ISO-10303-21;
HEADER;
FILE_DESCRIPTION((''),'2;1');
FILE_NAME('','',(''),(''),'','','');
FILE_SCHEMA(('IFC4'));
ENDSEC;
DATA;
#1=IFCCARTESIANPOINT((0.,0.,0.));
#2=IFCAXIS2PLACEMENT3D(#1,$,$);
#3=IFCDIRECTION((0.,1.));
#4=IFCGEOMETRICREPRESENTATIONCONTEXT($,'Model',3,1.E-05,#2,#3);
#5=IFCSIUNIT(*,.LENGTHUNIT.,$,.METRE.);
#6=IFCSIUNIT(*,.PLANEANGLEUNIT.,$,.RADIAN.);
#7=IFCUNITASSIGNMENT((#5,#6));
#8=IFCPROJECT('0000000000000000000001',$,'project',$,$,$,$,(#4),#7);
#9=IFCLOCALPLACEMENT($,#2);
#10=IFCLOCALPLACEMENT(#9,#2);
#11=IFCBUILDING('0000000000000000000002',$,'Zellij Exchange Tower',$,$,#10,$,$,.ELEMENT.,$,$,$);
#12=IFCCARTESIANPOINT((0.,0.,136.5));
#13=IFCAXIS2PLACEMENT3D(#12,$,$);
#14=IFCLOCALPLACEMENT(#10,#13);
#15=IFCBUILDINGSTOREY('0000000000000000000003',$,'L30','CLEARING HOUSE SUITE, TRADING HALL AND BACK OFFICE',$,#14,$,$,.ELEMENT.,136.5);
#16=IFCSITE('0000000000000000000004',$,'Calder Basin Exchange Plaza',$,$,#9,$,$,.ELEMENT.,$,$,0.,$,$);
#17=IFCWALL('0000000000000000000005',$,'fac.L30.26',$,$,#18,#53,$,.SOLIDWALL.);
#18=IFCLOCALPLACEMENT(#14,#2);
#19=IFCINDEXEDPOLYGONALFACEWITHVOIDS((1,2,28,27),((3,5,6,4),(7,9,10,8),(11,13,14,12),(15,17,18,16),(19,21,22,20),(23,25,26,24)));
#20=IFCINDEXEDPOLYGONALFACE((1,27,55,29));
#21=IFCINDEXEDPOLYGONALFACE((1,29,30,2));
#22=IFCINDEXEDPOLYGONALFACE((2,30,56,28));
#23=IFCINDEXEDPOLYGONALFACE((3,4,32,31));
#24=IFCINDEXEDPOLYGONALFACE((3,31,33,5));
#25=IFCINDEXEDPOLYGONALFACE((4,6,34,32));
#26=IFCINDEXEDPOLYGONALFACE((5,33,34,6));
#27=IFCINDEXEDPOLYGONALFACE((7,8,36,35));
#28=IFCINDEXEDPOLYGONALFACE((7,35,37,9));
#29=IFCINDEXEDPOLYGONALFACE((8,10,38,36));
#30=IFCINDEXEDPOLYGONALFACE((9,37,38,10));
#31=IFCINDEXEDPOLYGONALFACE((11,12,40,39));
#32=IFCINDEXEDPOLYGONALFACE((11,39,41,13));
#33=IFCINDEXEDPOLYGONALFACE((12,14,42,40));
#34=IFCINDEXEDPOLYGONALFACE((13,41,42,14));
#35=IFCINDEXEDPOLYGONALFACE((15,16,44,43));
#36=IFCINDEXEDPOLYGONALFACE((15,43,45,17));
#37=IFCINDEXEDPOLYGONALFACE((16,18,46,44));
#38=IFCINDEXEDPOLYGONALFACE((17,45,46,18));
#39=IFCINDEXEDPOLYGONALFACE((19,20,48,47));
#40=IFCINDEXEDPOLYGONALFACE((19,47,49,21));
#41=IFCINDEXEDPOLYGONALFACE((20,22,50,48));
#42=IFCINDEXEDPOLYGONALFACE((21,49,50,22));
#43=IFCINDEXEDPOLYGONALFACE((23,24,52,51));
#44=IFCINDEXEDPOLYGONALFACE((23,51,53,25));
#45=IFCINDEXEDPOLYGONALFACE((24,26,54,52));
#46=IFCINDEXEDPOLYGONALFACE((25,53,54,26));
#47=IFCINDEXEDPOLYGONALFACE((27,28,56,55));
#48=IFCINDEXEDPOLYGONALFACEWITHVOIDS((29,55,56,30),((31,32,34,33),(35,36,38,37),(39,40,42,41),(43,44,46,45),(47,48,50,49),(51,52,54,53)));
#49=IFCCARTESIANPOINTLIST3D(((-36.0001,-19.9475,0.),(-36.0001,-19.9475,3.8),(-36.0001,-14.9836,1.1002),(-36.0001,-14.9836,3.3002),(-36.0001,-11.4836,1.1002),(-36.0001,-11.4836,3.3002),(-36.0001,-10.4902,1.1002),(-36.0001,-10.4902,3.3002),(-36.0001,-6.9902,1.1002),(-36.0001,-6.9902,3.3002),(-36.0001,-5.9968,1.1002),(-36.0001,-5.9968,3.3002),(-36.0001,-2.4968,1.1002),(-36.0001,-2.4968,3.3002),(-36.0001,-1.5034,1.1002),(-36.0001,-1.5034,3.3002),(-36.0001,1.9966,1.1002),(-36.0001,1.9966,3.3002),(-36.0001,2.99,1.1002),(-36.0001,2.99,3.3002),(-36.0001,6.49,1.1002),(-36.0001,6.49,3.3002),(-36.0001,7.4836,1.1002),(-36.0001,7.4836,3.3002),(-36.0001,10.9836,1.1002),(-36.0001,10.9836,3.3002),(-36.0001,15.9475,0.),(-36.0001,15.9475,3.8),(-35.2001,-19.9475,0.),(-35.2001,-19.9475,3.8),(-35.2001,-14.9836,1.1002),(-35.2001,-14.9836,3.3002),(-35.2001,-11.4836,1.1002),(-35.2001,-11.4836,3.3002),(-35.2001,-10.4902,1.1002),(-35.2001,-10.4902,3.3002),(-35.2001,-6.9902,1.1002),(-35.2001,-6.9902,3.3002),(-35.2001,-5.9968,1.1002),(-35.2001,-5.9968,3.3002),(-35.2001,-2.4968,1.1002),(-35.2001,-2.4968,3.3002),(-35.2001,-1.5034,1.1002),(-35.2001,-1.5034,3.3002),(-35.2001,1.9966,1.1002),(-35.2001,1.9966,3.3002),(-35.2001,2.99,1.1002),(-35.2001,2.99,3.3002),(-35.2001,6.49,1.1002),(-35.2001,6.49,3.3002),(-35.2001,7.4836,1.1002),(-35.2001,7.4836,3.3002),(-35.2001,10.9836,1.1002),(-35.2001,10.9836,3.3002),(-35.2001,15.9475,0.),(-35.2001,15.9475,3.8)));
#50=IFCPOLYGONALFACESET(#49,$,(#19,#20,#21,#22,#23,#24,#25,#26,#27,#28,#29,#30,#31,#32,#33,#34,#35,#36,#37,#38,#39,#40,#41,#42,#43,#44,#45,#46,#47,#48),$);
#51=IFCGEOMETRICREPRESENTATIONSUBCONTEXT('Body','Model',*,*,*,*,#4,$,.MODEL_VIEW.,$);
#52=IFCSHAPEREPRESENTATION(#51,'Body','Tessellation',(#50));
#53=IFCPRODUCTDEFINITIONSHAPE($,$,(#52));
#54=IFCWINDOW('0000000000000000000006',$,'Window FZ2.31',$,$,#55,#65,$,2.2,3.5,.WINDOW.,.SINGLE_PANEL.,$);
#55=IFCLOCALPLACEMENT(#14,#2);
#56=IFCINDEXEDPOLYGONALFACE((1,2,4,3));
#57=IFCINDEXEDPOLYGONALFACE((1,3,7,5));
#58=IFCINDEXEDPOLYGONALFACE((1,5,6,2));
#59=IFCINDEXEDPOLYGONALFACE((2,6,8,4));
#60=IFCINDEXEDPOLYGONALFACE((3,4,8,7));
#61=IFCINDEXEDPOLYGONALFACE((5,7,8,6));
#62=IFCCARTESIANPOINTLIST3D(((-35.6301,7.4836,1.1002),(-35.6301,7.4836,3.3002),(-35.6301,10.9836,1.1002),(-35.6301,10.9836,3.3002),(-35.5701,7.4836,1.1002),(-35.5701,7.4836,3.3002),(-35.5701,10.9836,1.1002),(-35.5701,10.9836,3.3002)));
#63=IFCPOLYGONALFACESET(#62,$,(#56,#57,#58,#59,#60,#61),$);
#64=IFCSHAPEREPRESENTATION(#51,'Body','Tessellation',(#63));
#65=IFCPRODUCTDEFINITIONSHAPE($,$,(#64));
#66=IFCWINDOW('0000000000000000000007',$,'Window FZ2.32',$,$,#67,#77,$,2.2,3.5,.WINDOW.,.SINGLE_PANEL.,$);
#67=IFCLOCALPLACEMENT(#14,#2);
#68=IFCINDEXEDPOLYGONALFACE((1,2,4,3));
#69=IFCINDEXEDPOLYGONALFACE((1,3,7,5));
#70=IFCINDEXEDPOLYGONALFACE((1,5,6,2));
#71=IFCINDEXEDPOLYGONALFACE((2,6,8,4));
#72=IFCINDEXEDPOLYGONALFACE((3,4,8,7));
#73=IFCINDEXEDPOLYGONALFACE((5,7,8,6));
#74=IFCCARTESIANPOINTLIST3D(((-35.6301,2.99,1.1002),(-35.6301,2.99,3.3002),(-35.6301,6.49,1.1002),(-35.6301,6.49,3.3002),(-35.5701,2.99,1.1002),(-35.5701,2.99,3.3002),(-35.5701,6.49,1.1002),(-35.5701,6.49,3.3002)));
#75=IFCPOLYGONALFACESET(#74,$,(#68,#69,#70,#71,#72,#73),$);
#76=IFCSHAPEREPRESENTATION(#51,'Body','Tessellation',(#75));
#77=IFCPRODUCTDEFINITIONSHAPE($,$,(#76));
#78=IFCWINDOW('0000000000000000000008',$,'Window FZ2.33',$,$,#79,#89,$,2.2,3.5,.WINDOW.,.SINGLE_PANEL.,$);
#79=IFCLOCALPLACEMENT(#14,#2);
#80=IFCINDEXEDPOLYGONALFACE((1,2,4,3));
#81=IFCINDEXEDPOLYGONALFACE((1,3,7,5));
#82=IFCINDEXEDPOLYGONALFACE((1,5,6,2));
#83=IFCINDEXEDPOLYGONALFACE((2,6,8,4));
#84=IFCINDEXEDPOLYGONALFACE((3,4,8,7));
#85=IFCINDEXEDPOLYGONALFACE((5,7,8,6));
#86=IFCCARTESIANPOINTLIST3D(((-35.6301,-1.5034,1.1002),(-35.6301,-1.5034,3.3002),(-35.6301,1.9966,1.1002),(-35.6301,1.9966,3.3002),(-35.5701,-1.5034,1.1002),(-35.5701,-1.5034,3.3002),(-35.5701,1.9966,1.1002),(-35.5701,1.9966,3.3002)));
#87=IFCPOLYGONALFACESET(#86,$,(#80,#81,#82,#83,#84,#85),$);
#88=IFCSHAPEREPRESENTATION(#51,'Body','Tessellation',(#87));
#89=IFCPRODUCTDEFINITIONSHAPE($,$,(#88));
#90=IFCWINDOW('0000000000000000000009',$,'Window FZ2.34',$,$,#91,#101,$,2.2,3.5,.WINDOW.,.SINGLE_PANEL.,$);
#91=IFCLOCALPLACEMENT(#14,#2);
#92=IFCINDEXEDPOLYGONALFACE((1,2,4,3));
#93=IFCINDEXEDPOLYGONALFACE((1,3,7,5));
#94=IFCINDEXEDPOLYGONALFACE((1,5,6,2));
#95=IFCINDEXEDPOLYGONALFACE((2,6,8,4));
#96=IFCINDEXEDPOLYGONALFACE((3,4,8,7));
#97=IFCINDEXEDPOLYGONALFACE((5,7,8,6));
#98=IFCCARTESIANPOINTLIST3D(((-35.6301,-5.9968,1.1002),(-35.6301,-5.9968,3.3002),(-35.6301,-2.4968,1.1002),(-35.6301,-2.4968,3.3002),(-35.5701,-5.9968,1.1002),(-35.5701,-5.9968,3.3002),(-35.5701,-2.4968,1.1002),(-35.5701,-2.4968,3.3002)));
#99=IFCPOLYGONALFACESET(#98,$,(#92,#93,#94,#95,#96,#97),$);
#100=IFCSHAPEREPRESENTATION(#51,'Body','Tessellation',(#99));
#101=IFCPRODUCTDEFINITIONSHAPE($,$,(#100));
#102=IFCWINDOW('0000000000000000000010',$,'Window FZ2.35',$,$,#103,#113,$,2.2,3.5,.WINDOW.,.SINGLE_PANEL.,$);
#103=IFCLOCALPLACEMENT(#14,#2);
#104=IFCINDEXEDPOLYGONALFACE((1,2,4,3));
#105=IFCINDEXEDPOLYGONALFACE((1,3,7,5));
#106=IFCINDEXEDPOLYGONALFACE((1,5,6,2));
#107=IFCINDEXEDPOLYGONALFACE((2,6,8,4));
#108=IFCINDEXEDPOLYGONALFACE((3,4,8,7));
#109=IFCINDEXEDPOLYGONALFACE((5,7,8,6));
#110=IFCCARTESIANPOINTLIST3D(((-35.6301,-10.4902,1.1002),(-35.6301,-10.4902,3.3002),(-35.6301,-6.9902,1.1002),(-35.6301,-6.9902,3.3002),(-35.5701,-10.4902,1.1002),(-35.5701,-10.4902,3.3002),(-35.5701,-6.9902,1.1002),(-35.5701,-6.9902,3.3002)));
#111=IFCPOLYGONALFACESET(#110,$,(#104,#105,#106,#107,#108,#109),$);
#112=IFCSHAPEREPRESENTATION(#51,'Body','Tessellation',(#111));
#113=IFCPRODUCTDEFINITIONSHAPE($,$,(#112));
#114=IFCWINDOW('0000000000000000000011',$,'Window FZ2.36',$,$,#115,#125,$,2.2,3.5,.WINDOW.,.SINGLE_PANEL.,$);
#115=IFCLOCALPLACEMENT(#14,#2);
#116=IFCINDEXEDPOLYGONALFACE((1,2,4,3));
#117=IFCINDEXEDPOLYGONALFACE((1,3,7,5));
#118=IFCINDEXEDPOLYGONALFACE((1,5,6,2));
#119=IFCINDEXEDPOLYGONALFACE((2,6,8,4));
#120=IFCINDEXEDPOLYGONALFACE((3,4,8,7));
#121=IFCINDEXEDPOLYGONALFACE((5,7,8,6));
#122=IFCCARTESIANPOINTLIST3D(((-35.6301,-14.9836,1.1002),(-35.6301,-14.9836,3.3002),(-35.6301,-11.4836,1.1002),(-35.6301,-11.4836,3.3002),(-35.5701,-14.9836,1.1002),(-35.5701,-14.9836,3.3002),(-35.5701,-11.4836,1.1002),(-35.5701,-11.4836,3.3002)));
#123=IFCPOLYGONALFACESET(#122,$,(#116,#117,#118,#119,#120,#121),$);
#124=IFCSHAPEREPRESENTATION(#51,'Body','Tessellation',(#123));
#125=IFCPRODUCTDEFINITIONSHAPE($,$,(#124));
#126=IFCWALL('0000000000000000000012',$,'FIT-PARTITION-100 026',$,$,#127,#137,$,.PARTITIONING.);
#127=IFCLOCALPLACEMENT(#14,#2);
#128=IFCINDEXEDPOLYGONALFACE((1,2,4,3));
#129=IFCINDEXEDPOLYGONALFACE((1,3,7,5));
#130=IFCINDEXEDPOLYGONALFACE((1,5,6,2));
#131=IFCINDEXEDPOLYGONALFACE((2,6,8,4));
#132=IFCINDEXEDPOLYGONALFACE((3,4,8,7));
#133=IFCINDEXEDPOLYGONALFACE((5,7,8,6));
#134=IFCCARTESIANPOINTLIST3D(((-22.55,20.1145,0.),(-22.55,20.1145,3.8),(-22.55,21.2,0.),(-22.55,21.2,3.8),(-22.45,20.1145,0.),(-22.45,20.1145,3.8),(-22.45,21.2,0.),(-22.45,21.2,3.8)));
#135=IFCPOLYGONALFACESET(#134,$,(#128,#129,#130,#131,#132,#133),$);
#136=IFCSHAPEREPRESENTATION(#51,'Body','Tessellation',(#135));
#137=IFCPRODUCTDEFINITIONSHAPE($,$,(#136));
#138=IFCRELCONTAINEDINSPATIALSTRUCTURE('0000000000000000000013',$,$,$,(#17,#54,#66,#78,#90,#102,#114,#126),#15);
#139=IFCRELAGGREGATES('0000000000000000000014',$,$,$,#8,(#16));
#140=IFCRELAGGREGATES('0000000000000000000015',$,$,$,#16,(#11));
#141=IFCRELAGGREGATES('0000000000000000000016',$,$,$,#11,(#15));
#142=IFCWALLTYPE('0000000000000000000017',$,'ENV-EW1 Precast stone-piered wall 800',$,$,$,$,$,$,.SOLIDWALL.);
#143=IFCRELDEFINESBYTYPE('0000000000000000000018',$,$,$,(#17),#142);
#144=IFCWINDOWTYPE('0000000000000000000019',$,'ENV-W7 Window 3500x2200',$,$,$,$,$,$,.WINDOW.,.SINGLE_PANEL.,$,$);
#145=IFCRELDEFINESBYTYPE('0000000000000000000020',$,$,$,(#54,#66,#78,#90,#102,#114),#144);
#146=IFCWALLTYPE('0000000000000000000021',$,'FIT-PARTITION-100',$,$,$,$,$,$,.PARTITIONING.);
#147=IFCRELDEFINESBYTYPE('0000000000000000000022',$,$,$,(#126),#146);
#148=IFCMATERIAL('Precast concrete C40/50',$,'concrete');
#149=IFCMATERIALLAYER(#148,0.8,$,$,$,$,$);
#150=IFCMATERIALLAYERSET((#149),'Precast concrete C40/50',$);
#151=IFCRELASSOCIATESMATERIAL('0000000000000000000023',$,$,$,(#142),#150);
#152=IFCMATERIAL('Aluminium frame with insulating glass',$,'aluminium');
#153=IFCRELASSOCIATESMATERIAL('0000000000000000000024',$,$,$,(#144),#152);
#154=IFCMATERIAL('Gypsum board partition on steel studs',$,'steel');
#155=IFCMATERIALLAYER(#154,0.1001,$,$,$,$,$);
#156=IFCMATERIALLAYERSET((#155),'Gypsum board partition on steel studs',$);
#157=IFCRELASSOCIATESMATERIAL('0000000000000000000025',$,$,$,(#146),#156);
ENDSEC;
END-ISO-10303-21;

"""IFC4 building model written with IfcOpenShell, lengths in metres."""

from ifc_helpers import new_model, si_unit, direction, frame, frame_2d, origin, place, context, subcontext, project, spatial, rectangle, extrude, material, layer, layer_set, type_object, element, fill, save


model = new_model("IFC4")

# Units and contexts
model_context = context("Model", 3, precision=1e-05, world=origin(), true_north=direction((0.0, 1.0)))
body_context = subcontext(model_context, "Body", "Model", "MODEL_VIEW")
ifc_project = project(units=[si_unit("LENGTHUNIT", "METRE"), si_unit("PLANEANGLEUNIT", "RADIAN")], contexts=[model_context])

# Site, building, storey
site_placement = place(None, origin())
site = spatial("IfcSite", under=ifc_project, at=site_placement, Name="Calder Basin Exchange Plaza", CompositionType="ELEMENT", RefElevation=0.0)
building_placement = place(site_placement, origin())
building = spatial("IfcBuilding", under=site, at=building_placement, Name="Zellij Exchange Tower", CompositionType="ELEMENT")
storey_placement = place(building_placement, frame((0.0, 0.0, 136.5)))
storey = spatial("IfcBuildingStorey", under=building, at=storey_placement, Name="L30", Description="CLEARING HOUSE SUITE, TRADING HALL AND BACK OFFICE", CompositionType="ELEMENT", Elevation=136.5)

# Shared definitions
ifc_material_1 = material(Name="Precast concrete C40/50", Category="concrete")
ifc_layer_1 = layer(ifc_material_1, 0.8)
ifc_layer_set_1 = layer_set([ifc_layer_1], Name="Precast concrete C40/50")
wall_type_1 = type_object("IfcWallType", Name="ENV-EW1 Precast stone-piered wall 800", PredefinedType="SOLIDWALL", material=ifc_layer_set_1)

# Wall, openings, windows
wall_1_placement = place(storey_placement, frame((-35.6001, 15.9475, 0.0), z_axis=(0.0, 0.0, 1.0), x_axis=(0.0, -1.0, 0.0)))
wall_1 = element("IfcWall", 1, at=wall_1_placement, inside=storey, type_object=wall_type_1, Name="fac.L30.26", PredefinedType="SOLIDWALL", context=body_context, shape_type="SweptSolid", body=[
    extrude(rectangle(XDim=35.895, YDim=0.8, at=frame_2d((17.9475, 0.0))), origin(), (0.0, 0.0, 1.0), 3.8),
])
opening_1_placement = place(wall_1_placement, frame((4.9639, 0.0, 1.1001)))
opening_1 = element("IfcOpeningElement", 2, at=opening_1_placement, cuts=wall_1, PredefinedType="OPENING", context=body_context, shape_type="SweptSolid", body=[
    extrude(rectangle(XDim=3.5, YDim=2.2, at=frame_2d((1.75, 1.1001))), frame((0.0, 0.4121, 0.0), z_axis=(0.0, -1.0, 0.0), x_axis=(1.0, 0.0, 0.0)), (0.0, 0.0, 1.0), 0.824),
])
opening_2_placement = place(wall_1_placement, frame((9.4575, 0.0, 1.1001)))
opening_2 = element("IfcOpeningElement", 3, at=opening_2_placement, cuts=wall_1, PredefinedType="OPENING", context=body_context, shape_type="SweptSolid", body=[
    extrude(rectangle(XDim=3.5, YDim=2.2, at=frame_2d((1.75, 1.1001))), frame((0.0, 0.4121, 0.0), z_axis=(0.0, -1.0, 0.0), x_axis=(1.0, 0.0, 0.0)), (0.0, 0.0, 1.0), 0.824),
])
opening_3_placement = place(wall_1_placement, frame((13.9509, 0.0, 1.1001)))
opening_3 = element("IfcOpeningElement", 4, at=opening_3_placement, cuts=wall_1, PredefinedType="OPENING", context=body_context, shape_type="SweptSolid", body=[
    extrude(rectangle(XDim=3.5, YDim=2.2, at=frame_2d((1.75, 1.1001))), frame((0.0, 0.4121, 0.0), z_axis=(0.0, -1.0, 0.0), x_axis=(1.0, 0.0, 0.0)), (0.0, 0.0, 1.0), 0.824),
])
opening_4_placement = place(wall_1_placement, frame((18.4443, 0.0, 1.1001)))
opening_4 = element("IfcOpeningElement", 5, at=opening_4_placement, cuts=wall_1, PredefinedType="OPENING", context=body_context, shape_type="SweptSolid", body=[
    extrude(rectangle(XDim=3.5, YDim=2.2, at=frame_2d((1.75, 1.1001))), frame((0.0, 0.4121, 0.0), z_axis=(0.0, -1.0, 0.0), x_axis=(1.0, 0.0, 0.0)), (0.0, 0.0, 1.0), 0.824),
])
opening_5_placement = place(wall_1_placement, frame((22.9377, 0.0, 1.1001)))
opening_5 = element("IfcOpeningElement", 6, at=opening_5_placement, cuts=wall_1, PredefinedType="OPENING", context=body_context, shape_type="SweptSolid", body=[
    extrude(rectangle(XDim=3.5, YDim=2.2, at=frame_2d((1.75, 1.1001))), frame((0.0, 0.4121, 0.0), z_axis=(0.0, -1.0, 0.0), x_axis=(1.0, 0.0, 0.0)), (0.0, 0.0, 1.0), 0.824),
])
opening_6_placement = place(wall_1_placement, frame((27.4312, 0.0, 1.1001)))
opening_6 = element("IfcOpeningElement", 7, at=opening_6_placement, cuts=wall_1, PredefinedType="OPENING", context=body_context, shape_type="SweptSolid", body=[
    extrude(rectangle(XDim=3.5, YDim=2.2, at=frame_2d((1.75, 1.1001))), frame((0.0, 0.4121, 0.0), z_axis=(0.0, -1.0, 0.0), x_axis=(1.0, 0.0, 0.0)), (0.0, 0.0, 1.0), 0.824),
])
ifc_material_2 = material(Name="Aluminium frame with insulating glass", Category="aluminium")
window_type = type_object("IfcWindowType", Name="ENV-W7 Window 3500x2200", PartitioningType="SINGLE_PANEL", PredefinedType="WINDOW", material=ifc_material_2)
window_1_placement = place(opening_1_placement, origin())
window_1 = element("IfcWindow", 8, at=window_1_placement, inside=storey, type_object=window_type, Name="Window FZ2.31", OverallHeight=2.2, OverallWidth=3.5, PartitioningType="SINGLE_PANEL", PredefinedType="WINDOW", context=body_context, shape_type="SweptSolid", body=[
    extrude(rectangle(XDim=3.5, YDim=2.2, at=frame_2d((1.75, 1.1001))), frame((0.0, 0.03, 0.0), z_axis=(0.0, -1.0, 0.0), x_axis=(1.0, 0.0, 0.0)), (0.0, 0.0, 1.0), 0.0601),
])
fill(opening_1, window_1)
window_2_placement = place(opening_2_placement, origin())
window_2 = element("IfcWindow", 9, at=window_2_placement, inside=storey, type_object=window_type, Name="Window FZ2.32", OverallHeight=2.2, OverallWidth=3.5, PartitioningType="SINGLE_PANEL", PredefinedType="WINDOW", context=body_context, shape_type="SweptSolid", body=[
    extrude(rectangle(XDim=3.5, YDim=2.2, at=frame_2d((1.75, 1.1001))), frame((0.0, 0.03, 0.0), z_axis=(0.0, -1.0, 0.0), x_axis=(1.0, 0.0, 0.0)), (0.0, 0.0, 1.0), 0.0601),
])
fill(opening_2, window_2)
window_3_placement = place(opening_3_placement, origin())
window_3 = element("IfcWindow", 10, at=window_3_placement, inside=storey, type_object=window_type, Name="Window FZ2.33", OverallHeight=2.2, OverallWidth=3.5, PartitioningType="SINGLE_PANEL", PredefinedType="WINDOW", context=body_context, shape_type="SweptSolid", body=[
    extrude(rectangle(XDim=3.5, YDim=2.2, at=frame_2d((1.75, 1.1001))), frame((0.0, 0.03, 0.0), z_axis=(0.0, -1.0, 0.0), x_axis=(1.0, 0.0, 0.0)), (0.0, 0.0, 1.0), 0.0601),
])
fill(opening_3, window_3)
window_4_placement = place(opening_4_placement, origin())
window_4 = element("IfcWindow", 11, at=window_4_placement, inside=storey, type_object=window_type, Name="Window FZ2.34", OverallHeight=2.2, OverallWidth=3.5, PartitioningType="SINGLE_PANEL", PredefinedType="WINDOW", context=body_context, shape_type="SweptSolid", body=[
    extrude(rectangle(XDim=3.5, YDim=2.2, at=frame_2d((1.75, 1.1001))), frame((0.0, 0.03, 0.0), z_axis=(0.0, -1.0, 0.0), x_axis=(1.0, 0.0, 0.0)), (0.0, 0.0, 1.0), 0.0601),
])
fill(opening_4, window_4)
window_5_placement = place(opening_5_placement, origin())
window_5 = element("IfcWindow", 12, at=window_5_placement, inside=storey, type_object=window_type, Name="Window FZ2.35", OverallHeight=2.2, OverallWidth=3.5, PartitioningType="SINGLE_PANEL", PredefinedType="WINDOW", context=body_context, shape_type="SweptSolid", body=[
    extrude(rectangle(XDim=3.5, YDim=2.2, at=frame_2d((1.75, 1.1001))), frame((0.0, 0.03, 0.0), z_axis=(0.0, -1.0, 0.0), x_axis=(1.0, 0.0, 0.0)), (0.0, 0.0, 1.0), 0.0601),
])
fill(opening_5, window_5)
window_6_placement = place(opening_6_placement, origin())
window_6 = element("IfcWindow", 13, at=window_6_placement, inside=storey, type_object=window_type, Name="Window FZ2.36", OverallHeight=2.2, OverallWidth=3.5, PartitioningType="SINGLE_PANEL", PredefinedType="WINDOW", context=body_context, shape_type="SweptSolid", body=[
    extrude(rectangle(XDim=3.5, YDim=2.2, at=frame_2d((1.75, 1.1001))), frame((0.0, 0.03, 0.0), z_axis=(0.0, -1.0, 0.0), x_axis=(1.0, 0.0, 0.0)), (0.0, 0.0, 1.0), 0.0601),
])
fill(opening_6, window_6)

# Wall
ifc_material_3 = material(Name="Gypsum board partition on steel studs", Category="steel")
ifc_layer_2 = layer(ifc_material_3, 0.1001)
ifc_layer_set_2 = layer_set([ifc_layer_2], Name="Gypsum board partition on steel studs")
wall_type_2 = type_object("IfcWallType", Name="FIT-PARTITION-100", PredefinedType="PARTITIONING", material=ifc_layer_set_2)
wall_2_placement = place(storey_placement, frame((-22.5, 20.1145, 0.0), z_axis=(0.0, 0.0, 1.0), x_axis=(0.0, 1.0, 0.0)))
element("IfcWall", 14, at=wall_2_placement, inside=storey, type_object=wall_type_2, Name="FIT-PARTITION-100 026", PredefinedType="PARTITIONING", context=body_context, shape_type="SweptSolid", body=[
    extrude(rectangle(XDim=1.0854, YDim=0.1001, at=frame_2d((0.5427, 0.0))), origin(), (0.0, 0.0, 1.0), 3.8),
])

save(model, "model.ifc")
